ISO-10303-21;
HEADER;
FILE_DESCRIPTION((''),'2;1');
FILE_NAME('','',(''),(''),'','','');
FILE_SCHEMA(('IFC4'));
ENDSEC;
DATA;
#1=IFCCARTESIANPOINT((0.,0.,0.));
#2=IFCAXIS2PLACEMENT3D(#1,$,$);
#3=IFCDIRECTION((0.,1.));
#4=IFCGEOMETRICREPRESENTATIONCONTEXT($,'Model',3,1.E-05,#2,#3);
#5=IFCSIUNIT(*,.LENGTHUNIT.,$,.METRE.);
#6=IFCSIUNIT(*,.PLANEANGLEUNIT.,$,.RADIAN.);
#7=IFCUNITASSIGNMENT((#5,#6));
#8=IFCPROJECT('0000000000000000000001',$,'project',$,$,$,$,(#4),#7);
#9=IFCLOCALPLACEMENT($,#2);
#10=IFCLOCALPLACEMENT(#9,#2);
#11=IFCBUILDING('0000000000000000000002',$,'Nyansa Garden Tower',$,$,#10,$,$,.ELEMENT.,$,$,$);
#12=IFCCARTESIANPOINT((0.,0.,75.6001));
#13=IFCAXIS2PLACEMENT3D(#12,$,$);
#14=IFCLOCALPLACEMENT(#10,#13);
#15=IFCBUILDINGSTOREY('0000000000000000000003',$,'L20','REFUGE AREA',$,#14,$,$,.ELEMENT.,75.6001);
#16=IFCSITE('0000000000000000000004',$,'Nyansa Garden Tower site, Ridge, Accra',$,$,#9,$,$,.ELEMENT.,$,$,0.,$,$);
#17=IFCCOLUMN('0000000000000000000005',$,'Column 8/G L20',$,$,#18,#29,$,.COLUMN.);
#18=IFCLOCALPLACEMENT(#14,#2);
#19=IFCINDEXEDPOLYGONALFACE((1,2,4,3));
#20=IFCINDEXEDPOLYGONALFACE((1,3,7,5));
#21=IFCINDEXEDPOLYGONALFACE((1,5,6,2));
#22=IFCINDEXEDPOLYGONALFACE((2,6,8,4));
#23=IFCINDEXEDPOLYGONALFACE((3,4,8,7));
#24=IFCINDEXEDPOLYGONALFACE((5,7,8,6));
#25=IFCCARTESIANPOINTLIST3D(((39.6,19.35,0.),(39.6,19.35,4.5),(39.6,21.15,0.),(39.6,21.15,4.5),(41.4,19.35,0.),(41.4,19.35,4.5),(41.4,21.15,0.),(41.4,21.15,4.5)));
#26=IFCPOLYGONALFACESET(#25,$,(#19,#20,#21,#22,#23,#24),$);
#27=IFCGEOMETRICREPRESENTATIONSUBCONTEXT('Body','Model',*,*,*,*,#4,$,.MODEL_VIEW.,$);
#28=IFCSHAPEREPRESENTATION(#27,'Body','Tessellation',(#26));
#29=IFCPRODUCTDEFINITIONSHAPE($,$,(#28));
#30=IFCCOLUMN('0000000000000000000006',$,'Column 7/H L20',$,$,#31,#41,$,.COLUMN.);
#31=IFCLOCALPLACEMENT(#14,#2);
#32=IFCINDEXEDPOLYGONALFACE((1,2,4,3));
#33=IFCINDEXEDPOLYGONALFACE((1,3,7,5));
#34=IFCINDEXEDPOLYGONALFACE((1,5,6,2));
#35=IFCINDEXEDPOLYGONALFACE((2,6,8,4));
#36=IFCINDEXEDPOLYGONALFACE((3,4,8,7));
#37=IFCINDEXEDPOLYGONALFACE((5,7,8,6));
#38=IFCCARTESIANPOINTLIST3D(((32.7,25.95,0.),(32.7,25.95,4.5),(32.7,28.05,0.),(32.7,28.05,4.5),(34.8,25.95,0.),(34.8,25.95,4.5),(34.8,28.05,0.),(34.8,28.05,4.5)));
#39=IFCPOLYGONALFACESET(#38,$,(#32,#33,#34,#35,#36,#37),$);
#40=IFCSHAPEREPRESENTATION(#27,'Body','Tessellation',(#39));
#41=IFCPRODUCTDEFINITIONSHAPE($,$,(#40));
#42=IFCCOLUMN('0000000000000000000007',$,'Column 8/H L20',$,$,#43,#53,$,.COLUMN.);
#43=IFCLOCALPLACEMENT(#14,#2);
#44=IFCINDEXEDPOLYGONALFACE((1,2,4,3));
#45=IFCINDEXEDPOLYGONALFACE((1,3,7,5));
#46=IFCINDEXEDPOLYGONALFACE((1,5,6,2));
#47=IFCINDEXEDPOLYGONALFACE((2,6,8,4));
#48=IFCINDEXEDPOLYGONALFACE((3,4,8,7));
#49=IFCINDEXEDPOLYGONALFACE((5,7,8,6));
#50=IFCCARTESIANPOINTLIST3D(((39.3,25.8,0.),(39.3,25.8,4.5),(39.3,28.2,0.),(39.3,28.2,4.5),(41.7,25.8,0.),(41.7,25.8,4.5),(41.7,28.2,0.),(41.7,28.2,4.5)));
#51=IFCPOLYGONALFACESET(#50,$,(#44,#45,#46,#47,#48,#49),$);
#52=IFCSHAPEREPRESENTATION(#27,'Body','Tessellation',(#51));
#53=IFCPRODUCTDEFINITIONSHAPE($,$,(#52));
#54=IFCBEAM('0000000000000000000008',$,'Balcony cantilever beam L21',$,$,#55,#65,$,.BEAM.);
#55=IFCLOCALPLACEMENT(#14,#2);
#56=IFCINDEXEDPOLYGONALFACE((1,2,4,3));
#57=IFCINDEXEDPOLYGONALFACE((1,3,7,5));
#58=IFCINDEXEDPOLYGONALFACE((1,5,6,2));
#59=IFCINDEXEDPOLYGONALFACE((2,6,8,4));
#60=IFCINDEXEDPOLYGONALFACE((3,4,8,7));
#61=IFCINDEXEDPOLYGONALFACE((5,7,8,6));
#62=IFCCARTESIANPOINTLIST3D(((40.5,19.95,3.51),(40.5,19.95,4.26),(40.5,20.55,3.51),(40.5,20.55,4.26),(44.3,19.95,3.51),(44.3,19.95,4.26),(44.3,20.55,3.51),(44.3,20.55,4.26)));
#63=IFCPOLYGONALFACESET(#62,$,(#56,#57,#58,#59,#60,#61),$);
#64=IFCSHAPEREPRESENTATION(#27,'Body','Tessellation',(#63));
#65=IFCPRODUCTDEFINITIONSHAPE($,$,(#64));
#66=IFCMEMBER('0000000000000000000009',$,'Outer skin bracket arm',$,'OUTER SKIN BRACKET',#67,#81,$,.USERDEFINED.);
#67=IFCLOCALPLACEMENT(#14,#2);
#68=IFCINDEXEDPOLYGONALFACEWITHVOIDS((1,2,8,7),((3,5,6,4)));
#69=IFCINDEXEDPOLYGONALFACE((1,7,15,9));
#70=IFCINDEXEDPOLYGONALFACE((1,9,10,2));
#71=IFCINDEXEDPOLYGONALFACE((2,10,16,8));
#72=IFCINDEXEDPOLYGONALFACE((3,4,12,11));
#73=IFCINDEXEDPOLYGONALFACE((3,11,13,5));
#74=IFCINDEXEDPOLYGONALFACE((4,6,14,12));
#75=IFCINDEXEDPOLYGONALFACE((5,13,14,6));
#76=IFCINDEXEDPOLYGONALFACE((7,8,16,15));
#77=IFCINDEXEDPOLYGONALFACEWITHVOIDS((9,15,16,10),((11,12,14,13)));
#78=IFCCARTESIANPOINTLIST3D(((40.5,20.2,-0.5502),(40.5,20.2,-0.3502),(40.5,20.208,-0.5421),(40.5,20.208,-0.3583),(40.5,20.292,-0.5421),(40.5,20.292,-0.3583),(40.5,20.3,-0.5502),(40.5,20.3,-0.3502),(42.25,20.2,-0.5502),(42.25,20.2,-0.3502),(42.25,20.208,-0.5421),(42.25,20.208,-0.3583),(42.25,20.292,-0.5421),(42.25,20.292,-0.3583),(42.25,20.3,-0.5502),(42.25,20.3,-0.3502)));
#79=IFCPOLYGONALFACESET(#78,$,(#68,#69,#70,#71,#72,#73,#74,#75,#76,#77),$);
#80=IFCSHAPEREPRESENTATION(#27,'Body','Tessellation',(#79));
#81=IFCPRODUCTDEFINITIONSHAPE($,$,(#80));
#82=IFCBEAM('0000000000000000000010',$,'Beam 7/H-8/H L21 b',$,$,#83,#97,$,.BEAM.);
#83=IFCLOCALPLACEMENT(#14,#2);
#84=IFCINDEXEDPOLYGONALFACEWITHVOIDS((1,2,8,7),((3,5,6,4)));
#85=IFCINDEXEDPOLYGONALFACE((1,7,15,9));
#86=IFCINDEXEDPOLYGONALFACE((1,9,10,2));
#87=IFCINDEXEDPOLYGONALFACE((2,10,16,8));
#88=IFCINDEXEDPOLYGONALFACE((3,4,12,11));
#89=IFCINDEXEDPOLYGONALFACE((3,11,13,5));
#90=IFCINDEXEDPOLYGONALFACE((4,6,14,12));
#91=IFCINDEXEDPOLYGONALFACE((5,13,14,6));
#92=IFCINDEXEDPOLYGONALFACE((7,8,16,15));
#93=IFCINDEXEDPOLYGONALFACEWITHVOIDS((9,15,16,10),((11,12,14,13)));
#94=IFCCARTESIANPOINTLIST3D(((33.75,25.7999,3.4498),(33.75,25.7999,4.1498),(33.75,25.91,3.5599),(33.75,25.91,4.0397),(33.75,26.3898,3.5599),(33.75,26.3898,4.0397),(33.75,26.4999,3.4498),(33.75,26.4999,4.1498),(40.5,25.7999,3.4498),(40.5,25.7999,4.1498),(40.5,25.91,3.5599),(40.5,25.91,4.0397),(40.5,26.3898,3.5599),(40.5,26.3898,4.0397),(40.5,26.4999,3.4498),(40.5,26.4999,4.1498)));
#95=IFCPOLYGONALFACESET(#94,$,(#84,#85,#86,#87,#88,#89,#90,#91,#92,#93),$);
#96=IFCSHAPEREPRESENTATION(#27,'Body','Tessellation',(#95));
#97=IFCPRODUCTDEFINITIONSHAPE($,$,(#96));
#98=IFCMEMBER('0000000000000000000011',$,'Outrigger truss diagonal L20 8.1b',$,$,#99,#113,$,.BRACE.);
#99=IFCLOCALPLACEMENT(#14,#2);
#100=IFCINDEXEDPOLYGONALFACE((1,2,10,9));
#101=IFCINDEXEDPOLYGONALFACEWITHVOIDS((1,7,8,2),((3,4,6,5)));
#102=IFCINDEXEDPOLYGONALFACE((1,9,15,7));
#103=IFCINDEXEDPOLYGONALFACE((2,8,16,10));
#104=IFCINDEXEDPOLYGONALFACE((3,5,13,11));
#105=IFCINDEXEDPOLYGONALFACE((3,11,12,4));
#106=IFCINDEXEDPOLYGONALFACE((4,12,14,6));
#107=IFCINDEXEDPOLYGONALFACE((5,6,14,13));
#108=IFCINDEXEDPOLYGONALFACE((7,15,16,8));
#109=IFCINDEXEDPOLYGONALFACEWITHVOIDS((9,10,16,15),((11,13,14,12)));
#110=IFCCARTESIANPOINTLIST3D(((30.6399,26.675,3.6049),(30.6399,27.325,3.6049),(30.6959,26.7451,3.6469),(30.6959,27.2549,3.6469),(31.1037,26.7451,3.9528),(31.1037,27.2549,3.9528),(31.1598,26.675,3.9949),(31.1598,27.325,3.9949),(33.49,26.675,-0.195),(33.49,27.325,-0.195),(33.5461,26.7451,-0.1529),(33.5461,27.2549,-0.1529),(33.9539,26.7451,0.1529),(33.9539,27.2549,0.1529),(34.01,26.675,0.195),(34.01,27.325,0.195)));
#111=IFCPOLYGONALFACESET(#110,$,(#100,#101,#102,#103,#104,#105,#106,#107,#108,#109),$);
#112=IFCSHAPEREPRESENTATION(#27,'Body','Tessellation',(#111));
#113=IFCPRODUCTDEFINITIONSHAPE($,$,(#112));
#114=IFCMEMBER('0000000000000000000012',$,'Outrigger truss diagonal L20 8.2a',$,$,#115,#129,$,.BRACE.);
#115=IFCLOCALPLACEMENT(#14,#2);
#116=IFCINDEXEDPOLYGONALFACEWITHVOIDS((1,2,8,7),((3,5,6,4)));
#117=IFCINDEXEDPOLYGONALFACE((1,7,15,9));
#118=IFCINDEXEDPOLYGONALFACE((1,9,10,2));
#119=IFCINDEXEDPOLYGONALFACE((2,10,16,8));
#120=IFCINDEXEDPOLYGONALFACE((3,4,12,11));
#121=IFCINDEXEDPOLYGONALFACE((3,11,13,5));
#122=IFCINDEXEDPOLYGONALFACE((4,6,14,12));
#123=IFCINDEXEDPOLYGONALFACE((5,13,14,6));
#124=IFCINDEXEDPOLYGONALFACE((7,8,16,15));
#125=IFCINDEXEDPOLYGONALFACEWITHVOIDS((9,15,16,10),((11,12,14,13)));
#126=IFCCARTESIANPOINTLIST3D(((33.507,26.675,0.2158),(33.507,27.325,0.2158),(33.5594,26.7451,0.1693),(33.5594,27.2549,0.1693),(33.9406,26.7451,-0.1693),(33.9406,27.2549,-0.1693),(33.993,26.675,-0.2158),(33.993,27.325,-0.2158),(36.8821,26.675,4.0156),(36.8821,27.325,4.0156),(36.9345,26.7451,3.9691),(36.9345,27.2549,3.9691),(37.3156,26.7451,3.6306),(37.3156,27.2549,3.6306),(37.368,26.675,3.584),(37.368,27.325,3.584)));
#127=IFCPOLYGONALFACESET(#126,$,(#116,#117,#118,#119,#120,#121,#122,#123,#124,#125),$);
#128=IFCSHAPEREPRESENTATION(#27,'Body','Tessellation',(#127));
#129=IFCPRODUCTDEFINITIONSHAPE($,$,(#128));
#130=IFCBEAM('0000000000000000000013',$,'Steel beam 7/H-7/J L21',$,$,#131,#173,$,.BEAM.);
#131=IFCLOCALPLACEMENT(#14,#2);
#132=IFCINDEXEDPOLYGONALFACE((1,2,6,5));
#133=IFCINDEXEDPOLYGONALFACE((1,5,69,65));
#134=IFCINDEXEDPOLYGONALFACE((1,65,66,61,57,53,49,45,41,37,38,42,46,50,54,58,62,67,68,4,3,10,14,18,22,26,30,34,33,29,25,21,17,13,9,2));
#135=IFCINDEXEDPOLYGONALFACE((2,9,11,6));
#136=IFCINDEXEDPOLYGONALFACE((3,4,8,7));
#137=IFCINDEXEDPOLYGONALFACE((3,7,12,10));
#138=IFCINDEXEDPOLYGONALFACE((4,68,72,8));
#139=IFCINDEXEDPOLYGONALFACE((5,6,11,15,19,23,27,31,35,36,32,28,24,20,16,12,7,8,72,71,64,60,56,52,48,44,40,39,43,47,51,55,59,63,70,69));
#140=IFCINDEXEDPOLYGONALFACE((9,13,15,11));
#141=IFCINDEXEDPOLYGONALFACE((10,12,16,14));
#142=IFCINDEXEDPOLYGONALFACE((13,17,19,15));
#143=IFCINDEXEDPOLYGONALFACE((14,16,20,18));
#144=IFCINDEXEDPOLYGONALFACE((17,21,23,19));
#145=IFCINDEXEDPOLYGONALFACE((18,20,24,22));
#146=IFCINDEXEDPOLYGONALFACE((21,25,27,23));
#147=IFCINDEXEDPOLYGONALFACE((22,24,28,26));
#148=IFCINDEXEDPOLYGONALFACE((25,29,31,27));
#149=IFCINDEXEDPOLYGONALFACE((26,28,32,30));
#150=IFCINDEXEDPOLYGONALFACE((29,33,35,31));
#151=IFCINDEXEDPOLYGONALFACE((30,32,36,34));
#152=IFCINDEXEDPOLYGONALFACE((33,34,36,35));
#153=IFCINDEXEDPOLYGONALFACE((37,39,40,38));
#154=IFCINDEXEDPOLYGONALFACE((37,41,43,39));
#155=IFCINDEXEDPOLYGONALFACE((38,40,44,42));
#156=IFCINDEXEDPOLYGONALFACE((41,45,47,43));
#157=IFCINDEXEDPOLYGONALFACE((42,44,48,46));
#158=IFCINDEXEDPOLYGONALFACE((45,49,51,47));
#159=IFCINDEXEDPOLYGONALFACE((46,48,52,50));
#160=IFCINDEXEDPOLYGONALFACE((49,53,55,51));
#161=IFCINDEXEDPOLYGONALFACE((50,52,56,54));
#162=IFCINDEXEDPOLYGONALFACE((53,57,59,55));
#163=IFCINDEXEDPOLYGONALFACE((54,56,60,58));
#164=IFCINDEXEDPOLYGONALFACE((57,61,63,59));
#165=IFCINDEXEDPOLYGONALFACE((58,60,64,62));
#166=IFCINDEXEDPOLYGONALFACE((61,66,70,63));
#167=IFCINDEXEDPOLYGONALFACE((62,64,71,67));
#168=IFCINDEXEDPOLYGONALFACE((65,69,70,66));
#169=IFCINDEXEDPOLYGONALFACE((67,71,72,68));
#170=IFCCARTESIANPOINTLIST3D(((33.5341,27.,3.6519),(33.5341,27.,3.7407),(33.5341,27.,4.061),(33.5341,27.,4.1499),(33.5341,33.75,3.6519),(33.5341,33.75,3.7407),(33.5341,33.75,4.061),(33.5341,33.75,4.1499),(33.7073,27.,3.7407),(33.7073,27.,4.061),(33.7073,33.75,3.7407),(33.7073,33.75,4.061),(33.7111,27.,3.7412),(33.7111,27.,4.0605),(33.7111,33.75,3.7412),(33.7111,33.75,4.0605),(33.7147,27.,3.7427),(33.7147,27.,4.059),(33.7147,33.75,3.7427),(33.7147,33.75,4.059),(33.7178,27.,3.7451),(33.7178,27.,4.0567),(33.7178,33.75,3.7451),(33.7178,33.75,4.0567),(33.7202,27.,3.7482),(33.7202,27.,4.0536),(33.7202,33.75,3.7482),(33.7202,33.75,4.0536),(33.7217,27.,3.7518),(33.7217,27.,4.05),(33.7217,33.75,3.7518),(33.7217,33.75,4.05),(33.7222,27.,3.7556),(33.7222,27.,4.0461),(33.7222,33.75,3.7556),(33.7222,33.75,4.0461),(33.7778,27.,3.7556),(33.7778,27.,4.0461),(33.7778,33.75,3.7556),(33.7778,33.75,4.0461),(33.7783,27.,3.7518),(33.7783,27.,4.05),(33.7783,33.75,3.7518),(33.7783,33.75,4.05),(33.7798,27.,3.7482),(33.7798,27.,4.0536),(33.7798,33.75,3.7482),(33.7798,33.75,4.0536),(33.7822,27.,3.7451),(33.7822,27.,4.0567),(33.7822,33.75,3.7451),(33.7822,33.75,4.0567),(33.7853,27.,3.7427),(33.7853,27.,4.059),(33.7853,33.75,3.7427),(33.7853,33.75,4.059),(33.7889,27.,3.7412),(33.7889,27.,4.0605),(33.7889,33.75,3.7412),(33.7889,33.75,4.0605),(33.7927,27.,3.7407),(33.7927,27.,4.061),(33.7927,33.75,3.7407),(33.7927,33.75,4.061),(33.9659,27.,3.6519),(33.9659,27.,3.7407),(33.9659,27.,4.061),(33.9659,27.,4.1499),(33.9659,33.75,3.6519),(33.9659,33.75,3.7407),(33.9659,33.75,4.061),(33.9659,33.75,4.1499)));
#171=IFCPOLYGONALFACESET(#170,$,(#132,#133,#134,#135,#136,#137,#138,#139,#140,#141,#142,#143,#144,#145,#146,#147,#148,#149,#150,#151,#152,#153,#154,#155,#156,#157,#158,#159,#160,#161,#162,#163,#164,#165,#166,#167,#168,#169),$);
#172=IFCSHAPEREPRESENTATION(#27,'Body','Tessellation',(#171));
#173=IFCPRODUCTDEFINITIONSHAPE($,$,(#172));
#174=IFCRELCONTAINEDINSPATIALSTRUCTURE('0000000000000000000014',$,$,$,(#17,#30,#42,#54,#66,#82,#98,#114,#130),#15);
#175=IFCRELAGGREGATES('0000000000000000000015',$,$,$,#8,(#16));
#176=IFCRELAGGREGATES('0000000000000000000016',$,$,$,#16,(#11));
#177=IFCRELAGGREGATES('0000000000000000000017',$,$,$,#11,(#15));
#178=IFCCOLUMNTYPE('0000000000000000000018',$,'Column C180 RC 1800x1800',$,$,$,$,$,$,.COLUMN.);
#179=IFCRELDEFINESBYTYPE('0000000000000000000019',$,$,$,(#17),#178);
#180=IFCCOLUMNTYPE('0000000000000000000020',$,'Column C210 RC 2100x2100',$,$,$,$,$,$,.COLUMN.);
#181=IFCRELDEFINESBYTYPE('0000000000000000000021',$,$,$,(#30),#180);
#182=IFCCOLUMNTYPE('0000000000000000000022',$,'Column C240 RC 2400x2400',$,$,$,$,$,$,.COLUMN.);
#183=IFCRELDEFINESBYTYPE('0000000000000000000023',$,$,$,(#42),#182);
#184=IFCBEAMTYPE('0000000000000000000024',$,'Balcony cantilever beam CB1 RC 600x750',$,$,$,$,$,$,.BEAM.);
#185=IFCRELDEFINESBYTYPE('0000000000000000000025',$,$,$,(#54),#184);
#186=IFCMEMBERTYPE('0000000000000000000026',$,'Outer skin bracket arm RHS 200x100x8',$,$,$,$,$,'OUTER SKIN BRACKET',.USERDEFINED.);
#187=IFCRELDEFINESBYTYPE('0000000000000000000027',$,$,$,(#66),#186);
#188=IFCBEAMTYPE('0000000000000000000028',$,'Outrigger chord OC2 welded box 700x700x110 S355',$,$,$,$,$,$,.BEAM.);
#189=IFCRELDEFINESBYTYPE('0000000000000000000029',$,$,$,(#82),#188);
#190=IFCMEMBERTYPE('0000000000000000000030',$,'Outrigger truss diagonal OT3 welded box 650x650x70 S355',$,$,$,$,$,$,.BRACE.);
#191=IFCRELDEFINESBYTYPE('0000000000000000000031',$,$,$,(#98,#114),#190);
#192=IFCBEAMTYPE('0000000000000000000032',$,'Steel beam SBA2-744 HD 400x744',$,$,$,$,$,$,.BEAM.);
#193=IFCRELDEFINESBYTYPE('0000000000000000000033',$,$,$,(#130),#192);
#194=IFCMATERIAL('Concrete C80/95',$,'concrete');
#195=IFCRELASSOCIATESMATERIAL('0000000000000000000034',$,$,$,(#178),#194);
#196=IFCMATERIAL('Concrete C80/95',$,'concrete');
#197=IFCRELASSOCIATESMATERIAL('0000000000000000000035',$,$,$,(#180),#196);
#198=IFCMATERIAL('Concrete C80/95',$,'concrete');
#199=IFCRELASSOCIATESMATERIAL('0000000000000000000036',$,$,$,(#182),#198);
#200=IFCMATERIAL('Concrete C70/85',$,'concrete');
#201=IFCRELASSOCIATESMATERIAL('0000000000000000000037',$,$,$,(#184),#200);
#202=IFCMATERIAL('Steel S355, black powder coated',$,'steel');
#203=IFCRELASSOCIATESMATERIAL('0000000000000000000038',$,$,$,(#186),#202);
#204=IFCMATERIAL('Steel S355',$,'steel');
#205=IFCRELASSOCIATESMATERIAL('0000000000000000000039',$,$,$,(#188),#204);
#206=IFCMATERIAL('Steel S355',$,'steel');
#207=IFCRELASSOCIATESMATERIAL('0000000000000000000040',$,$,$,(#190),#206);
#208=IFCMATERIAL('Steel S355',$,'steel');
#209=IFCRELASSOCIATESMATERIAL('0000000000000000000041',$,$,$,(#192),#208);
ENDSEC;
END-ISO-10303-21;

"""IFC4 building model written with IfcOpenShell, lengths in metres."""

from ifc_helpers import new_model, si_unit, direction, frame, origin, origin_2d, place, context, subcontext, project, spatial, rectangle, hollow_rectangle, i_section, extrude, material, material_profile, profile_set, type_object, element, save


model = new_model("IFC4")

# Units and contexts
model_context = context("Model", 3, precision=1e-05, world=origin(), true_north=direction((0.0, 1.0)))
body_context = subcontext(model_context, "Body", "Model", "MODEL_VIEW")
ifc_project = project(units=[si_unit("LENGTHUNIT", "METRE"), si_unit("PLANEANGLEUNIT", "RADIAN")], contexts=[model_context])

# Site, building, storey
site_placement = place(None, origin())
site = spatial("IfcSite", under=ifc_project, at=site_placement, Name="Nyansa Garden Tower site, Ridge, Accra", CompositionType="ELEMENT", RefElevation=0.0)
building_placement = place(site_placement, origin())
building = spatial("IfcBuilding", under=site, at=building_placement, Name="Nyansa Garden Tower", CompositionType="ELEMENT")
storey_placement = place(building_placement, frame((0.0, 0.0, 75.6001)))
storey = spatial("IfcBuildingStorey", under=building, at=storey_placement, Name="L20", Description="REFUGE AREA", CompositionType="ELEMENT", Elevation=75.6001)

# Columns
ifc_material_1 = material(Name="Concrete C80/95", Category="concrete")
ifc_material_profile_1 = material_profile(ifc_material_1, rectangle(XDim=1.8, YDim=1.8, at=origin_2d()), Name="RC 1800x1800")
ifc_profile_set_1 = profile_set([ifc_material_profile_1], Name="Concrete C80/95")
column_type_1 = type_object("IfcColumnType", Name="Column C180 RC 1800x1800", PredefinedType="COLUMN", material=ifc_profile_set_1)
column_1_placement = place(storey_placement, frame((40.5, 20.25, 0.0), z_axis=(0.0, 0.0, 1.0), x_axis=(1.0, 0.0, 0.0)))
element("IfcColumn", 1, at=column_1_placement, inside=storey, type_object=column_type_1, Name="Column 8/G L20", PredefinedType="COLUMN", context=body_context, shape_type="SweptSolid", body=[
    extrude(rectangle(XDim=1.8, YDim=1.8, at=origin_2d()), origin(), (0.0, 0.0, 1.0), 4.5),
])
ifc_material_2 = material(Name="Concrete C80/95", Category="concrete")
ifc_material_profile_2 = material_profile(ifc_material_2, rectangle(XDim=2.1001, YDim=2.1001, at=origin_2d()), Name="RC 2100x2100")
ifc_profile_set_2 = profile_set([ifc_material_profile_2], Name="Concrete C80/95")
column_type_2 = type_object("IfcColumnType", Name="Column C210 RC 2100x2100", PredefinedType="COLUMN", material=ifc_profile_set_2)
column_2_placement = place(storey_placement, frame((33.75, 27.0, 0.0), z_axis=(0.0, 0.0, 1.0), x_axis=(1.0, 0.0, 0.0)))
element("IfcColumn", 2, at=column_2_placement, inside=storey, type_object=column_type_2, Name="Column 7/H L20", PredefinedType="COLUMN", context=body_context, shape_type="SweptSolid", body=[
    extrude(rectangle(XDim=2.1001, YDim=2.1001, at=origin_2d()), origin(), (0.0, 0.0, 1.0), 4.5),
])
ifc_material_3 = material(Name="Concrete C80/95", Category="concrete")
ifc_material_profile_3 = material_profile(ifc_material_3, rectangle(XDim=2.3999, YDim=2.3999, at=origin_2d()), Name="RC 2400x2400")
ifc_profile_set_3 = profile_set([ifc_material_profile_3], Name="Concrete C80/95")
column_type_3 = type_object("IfcColumnType", Name="Column C240 RC 2400x2400", PredefinedType="COLUMN", material=ifc_profile_set_3)
column_3_placement = place(storey_placement, frame((40.5, 27.0, 0.0), z_axis=(0.0, 0.0, 1.0), x_axis=(1.0, 0.0, 0.0)))
element("IfcColumn", 3, at=column_3_placement, inside=storey, type_object=column_type_3, Name="Column 8/H L20", PredefinedType="COLUMN", context=body_context, shape_type="SweptSolid", body=[
    extrude(rectangle(XDim=2.3999, YDim=2.3999, at=origin_2d()), origin(), (0.0, 0.0, 1.0), 4.5),
])

# Beam
ifc_material_4 = material(Name="Concrete C70/85", Category="concrete")
ifc_material_profile_4 = material_profile(ifc_material_4, rectangle(XDim=0.6001, YDim=0.75, at=origin_2d()), Name="RC 600x750")
ifc_profile_set_4 = profile_set([ifc_material_profile_4], Name="Concrete C70/85")
beam_type_1 = type_object("IfcBeamType", Name="Balcony cantilever beam CB1 RC 600x750", PredefinedType="BEAM", material=ifc_profile_set_4)
beam_1_placement = place(storey_placement, frame((40.5, 20.25, 3.885), z_axis=(1.0, 0.0, 0.0), x_axis=(0.0, 1.0, 0.0)))
element("IfcBeam", 4, at=beam_1_placement, inside=storey, type_object=beam_type_1, Name="Balcony cantilever beam L21", PredefinedType="BEAM", context=body_context, shape_type="SweptSolid", body=[
    extrude(rectangle(XDim=0.6001, YDim=0.75, at=origin_2d()), origin(), (0.0, 0.0, 1.0), 3.8),
])

# Member
ifc_material_5 = material(Name="Steel S355, black powder coated", Category="steel")
ifc_material_profile_5 = material_profile(ifc_material_5, hollow_rectangle(XDim=0.1001, YDim=0.2, WallThickness=0.0081, at=origin_2d()), Name="RHS 200x100x8")
ifc_profile_set_5 = profile_set([ifc_material_profile_5], Name="Steel S355, black powder coated")
member_type_1 = type_object("IfcMemberType", Name="Outer skin bracket arm RHS 200x100x8", ElementType="OUTER SKIN BRACKET", PredefinedType="USERDEFINED", material=ifc_profile_set_5)
member_1_placement = place(storey_placement, frame((40.5, 20.25, -0.4502), z_axis=(1.0, 0.0, 0.0), x_axis=(0.0, 1.0, 0.0)))
element("IfcMember", 5, at=member_1_placement, inside=storey, type_object=member_type_1, Name="Outer skin bracket arm", ObjectType="OUTER SKIN BRACKET", PredefinedType="USERDEFINED", context=body_context, shape_type="SweptSolid", body=[
    extrude(hollow_rectangle(XDim=0.1001, YDim=0.2, WallThickness=0.0081, at=origin_2d()), origin(), (0.0, 0.0, 1.0), 1.75),
])

# Beam
ifc_material_6 = material(Name="Steel S355", Category="steel")
ifc_material_profile_6 = material_profile(ifc_material_6, hollow_rectangle(XDim=0.7, YDim=0.7, WallThickness=0.1101, at=origin_2d()), Name="Welded box 700x700x110")
ifc_profile_set_6 = profile_set([ifc_material_profile_6], Name="Steel S355")
beam_type_2 = type_object("IfcBeamType", Name="Outrigger chord OC2 welded box 700x700x110 S355", PredefinedType="BEAM", material=ifc_profile_set_6)
beam_2_placement = place(storey_placement, frame((33.75, 26.1499, 3.7998), z_axis=(1.0, 0.0, 0.0), x_axis=(0.0, 1.0, 0.0)))
element("IfcBeam", 6, at=beam_2_placement, inside=storey, type_object=beam_type_2, Name="Beam 7/H-8/H L21 b", PredefinedType="BEAM", context=body_context, shape_type="SweptSolid", body=[
    extrude(hollow_rectangle(XDim=0.7, YDim=0.7, WallThickness=0.1101, at=origin_2d()), origin(), (0.0, 0.0, 1.0), 6.75),
])

# Members
ifc_material_7 = material(Name="Steel S355", Category="steel")
ifc_material_profile_7 = material_profile(ifc_material_7, hollow_rectangle(XDim=0.6499, YDim=0.6499, WallThickness=0.0701, at=origin_2d()), Name="Welded box 650x650x70")
ifc_profile_set_7 = profile_set([ifc_material_profile_7], Name="Steel S355")
member_type_2 = type_object("IfcMemberType", Name="Outrigger truss diagonal OT3 welded box 650x650x70 S355", PredefinedType="BRACE", material=ifc_profile_set_7)
member_2_placement = place(storey_placement, frame((33.75, 27.0, 0.0), z_axis=(-0.600033, 0.0, 0.799975), x_axis=(0.0, -1.0, 0.0)))
element("IfcMember", 7, at=member_2_placement, inside=storey, type_object=member_type_2, Name="Outrigger truss diagonal L20 8.1b", PredefinedType="BRACE", context=body_context, shape_type="SweptSolid", body=[
    extrude(hollow_rectangle(XDim=0.6499, YDim=0.6499, WallThickness=0.0701, at=origin_2d()), origin(), (0.0, 0.0, 1.0), 4.75),
])
member_3_placement = place(storey_placement, frame((33.75, 27.0, 0.0), z_axis=(0.664078, 0.0, 0.747664), x_axis=(0.0, 1.0, 0.0)))
element("IfcMember", 8, at=member_3_placement, inside=storey, type_object=member_type_2, Name="Outrigger truss diagonal L20 8.2a", PredefinedType="BRACE", context=body_context, shape_type="SweptSolid", body=[
    extrude(hollow_rectangle(XDim=0.6499, YDim=0.6499, WallThickness=0.0701, at=origin_2d()), origin(), (0.0, 0.0, 1.0), 5.0823),
])

# Beam
ifc_material_8 = material(Name="Steel S355", Category="steel")
ifc_material_profile_8 = material_profile(ifc_material_8, i_section(OverallWidth=0.4319, OverallDepth=0.498, WebThickness=0.0557, FlangeThickness=0.0889, FilletRadius=0.0149, at=origin_2d()), Name="HD 400x744")
ifc_profile_set_8 = profile_set([ifc_material_profile_8], Name="Steel S355")
beam_type_3 = type_object("IfcBeamType", Name="Steel beam SBA2-744 HD 400x744", PredefinedType="BEAM", material=ifc_profile_set_8)
beam_3_placement = place(storey_placement, frame((33.75, 27.0, 3.9009), z_axis=(0.0, 1.0, 0.0), x_axis=(-1.0, 0.0, 0.0)))
element("IfcBeam", 9, at=beam_3_placement, inside=storey, type_object=beam_type_3, Name="Steel beam 7/H-7/J L21", PredefinedType="BEAM", context=body_context, shape_type="SweptSolid", body=[
    extrude(i_section(OverallWidth=0.4319, OverallDepth=0.498, WebThickness=0.0557, FlangeThickness=0.0889, FilletRadius=0.0149, at=origin_2d()), origin(), (0.0, 0.0, 1.0), 6.75),
])

save(model, "model.ifc")
